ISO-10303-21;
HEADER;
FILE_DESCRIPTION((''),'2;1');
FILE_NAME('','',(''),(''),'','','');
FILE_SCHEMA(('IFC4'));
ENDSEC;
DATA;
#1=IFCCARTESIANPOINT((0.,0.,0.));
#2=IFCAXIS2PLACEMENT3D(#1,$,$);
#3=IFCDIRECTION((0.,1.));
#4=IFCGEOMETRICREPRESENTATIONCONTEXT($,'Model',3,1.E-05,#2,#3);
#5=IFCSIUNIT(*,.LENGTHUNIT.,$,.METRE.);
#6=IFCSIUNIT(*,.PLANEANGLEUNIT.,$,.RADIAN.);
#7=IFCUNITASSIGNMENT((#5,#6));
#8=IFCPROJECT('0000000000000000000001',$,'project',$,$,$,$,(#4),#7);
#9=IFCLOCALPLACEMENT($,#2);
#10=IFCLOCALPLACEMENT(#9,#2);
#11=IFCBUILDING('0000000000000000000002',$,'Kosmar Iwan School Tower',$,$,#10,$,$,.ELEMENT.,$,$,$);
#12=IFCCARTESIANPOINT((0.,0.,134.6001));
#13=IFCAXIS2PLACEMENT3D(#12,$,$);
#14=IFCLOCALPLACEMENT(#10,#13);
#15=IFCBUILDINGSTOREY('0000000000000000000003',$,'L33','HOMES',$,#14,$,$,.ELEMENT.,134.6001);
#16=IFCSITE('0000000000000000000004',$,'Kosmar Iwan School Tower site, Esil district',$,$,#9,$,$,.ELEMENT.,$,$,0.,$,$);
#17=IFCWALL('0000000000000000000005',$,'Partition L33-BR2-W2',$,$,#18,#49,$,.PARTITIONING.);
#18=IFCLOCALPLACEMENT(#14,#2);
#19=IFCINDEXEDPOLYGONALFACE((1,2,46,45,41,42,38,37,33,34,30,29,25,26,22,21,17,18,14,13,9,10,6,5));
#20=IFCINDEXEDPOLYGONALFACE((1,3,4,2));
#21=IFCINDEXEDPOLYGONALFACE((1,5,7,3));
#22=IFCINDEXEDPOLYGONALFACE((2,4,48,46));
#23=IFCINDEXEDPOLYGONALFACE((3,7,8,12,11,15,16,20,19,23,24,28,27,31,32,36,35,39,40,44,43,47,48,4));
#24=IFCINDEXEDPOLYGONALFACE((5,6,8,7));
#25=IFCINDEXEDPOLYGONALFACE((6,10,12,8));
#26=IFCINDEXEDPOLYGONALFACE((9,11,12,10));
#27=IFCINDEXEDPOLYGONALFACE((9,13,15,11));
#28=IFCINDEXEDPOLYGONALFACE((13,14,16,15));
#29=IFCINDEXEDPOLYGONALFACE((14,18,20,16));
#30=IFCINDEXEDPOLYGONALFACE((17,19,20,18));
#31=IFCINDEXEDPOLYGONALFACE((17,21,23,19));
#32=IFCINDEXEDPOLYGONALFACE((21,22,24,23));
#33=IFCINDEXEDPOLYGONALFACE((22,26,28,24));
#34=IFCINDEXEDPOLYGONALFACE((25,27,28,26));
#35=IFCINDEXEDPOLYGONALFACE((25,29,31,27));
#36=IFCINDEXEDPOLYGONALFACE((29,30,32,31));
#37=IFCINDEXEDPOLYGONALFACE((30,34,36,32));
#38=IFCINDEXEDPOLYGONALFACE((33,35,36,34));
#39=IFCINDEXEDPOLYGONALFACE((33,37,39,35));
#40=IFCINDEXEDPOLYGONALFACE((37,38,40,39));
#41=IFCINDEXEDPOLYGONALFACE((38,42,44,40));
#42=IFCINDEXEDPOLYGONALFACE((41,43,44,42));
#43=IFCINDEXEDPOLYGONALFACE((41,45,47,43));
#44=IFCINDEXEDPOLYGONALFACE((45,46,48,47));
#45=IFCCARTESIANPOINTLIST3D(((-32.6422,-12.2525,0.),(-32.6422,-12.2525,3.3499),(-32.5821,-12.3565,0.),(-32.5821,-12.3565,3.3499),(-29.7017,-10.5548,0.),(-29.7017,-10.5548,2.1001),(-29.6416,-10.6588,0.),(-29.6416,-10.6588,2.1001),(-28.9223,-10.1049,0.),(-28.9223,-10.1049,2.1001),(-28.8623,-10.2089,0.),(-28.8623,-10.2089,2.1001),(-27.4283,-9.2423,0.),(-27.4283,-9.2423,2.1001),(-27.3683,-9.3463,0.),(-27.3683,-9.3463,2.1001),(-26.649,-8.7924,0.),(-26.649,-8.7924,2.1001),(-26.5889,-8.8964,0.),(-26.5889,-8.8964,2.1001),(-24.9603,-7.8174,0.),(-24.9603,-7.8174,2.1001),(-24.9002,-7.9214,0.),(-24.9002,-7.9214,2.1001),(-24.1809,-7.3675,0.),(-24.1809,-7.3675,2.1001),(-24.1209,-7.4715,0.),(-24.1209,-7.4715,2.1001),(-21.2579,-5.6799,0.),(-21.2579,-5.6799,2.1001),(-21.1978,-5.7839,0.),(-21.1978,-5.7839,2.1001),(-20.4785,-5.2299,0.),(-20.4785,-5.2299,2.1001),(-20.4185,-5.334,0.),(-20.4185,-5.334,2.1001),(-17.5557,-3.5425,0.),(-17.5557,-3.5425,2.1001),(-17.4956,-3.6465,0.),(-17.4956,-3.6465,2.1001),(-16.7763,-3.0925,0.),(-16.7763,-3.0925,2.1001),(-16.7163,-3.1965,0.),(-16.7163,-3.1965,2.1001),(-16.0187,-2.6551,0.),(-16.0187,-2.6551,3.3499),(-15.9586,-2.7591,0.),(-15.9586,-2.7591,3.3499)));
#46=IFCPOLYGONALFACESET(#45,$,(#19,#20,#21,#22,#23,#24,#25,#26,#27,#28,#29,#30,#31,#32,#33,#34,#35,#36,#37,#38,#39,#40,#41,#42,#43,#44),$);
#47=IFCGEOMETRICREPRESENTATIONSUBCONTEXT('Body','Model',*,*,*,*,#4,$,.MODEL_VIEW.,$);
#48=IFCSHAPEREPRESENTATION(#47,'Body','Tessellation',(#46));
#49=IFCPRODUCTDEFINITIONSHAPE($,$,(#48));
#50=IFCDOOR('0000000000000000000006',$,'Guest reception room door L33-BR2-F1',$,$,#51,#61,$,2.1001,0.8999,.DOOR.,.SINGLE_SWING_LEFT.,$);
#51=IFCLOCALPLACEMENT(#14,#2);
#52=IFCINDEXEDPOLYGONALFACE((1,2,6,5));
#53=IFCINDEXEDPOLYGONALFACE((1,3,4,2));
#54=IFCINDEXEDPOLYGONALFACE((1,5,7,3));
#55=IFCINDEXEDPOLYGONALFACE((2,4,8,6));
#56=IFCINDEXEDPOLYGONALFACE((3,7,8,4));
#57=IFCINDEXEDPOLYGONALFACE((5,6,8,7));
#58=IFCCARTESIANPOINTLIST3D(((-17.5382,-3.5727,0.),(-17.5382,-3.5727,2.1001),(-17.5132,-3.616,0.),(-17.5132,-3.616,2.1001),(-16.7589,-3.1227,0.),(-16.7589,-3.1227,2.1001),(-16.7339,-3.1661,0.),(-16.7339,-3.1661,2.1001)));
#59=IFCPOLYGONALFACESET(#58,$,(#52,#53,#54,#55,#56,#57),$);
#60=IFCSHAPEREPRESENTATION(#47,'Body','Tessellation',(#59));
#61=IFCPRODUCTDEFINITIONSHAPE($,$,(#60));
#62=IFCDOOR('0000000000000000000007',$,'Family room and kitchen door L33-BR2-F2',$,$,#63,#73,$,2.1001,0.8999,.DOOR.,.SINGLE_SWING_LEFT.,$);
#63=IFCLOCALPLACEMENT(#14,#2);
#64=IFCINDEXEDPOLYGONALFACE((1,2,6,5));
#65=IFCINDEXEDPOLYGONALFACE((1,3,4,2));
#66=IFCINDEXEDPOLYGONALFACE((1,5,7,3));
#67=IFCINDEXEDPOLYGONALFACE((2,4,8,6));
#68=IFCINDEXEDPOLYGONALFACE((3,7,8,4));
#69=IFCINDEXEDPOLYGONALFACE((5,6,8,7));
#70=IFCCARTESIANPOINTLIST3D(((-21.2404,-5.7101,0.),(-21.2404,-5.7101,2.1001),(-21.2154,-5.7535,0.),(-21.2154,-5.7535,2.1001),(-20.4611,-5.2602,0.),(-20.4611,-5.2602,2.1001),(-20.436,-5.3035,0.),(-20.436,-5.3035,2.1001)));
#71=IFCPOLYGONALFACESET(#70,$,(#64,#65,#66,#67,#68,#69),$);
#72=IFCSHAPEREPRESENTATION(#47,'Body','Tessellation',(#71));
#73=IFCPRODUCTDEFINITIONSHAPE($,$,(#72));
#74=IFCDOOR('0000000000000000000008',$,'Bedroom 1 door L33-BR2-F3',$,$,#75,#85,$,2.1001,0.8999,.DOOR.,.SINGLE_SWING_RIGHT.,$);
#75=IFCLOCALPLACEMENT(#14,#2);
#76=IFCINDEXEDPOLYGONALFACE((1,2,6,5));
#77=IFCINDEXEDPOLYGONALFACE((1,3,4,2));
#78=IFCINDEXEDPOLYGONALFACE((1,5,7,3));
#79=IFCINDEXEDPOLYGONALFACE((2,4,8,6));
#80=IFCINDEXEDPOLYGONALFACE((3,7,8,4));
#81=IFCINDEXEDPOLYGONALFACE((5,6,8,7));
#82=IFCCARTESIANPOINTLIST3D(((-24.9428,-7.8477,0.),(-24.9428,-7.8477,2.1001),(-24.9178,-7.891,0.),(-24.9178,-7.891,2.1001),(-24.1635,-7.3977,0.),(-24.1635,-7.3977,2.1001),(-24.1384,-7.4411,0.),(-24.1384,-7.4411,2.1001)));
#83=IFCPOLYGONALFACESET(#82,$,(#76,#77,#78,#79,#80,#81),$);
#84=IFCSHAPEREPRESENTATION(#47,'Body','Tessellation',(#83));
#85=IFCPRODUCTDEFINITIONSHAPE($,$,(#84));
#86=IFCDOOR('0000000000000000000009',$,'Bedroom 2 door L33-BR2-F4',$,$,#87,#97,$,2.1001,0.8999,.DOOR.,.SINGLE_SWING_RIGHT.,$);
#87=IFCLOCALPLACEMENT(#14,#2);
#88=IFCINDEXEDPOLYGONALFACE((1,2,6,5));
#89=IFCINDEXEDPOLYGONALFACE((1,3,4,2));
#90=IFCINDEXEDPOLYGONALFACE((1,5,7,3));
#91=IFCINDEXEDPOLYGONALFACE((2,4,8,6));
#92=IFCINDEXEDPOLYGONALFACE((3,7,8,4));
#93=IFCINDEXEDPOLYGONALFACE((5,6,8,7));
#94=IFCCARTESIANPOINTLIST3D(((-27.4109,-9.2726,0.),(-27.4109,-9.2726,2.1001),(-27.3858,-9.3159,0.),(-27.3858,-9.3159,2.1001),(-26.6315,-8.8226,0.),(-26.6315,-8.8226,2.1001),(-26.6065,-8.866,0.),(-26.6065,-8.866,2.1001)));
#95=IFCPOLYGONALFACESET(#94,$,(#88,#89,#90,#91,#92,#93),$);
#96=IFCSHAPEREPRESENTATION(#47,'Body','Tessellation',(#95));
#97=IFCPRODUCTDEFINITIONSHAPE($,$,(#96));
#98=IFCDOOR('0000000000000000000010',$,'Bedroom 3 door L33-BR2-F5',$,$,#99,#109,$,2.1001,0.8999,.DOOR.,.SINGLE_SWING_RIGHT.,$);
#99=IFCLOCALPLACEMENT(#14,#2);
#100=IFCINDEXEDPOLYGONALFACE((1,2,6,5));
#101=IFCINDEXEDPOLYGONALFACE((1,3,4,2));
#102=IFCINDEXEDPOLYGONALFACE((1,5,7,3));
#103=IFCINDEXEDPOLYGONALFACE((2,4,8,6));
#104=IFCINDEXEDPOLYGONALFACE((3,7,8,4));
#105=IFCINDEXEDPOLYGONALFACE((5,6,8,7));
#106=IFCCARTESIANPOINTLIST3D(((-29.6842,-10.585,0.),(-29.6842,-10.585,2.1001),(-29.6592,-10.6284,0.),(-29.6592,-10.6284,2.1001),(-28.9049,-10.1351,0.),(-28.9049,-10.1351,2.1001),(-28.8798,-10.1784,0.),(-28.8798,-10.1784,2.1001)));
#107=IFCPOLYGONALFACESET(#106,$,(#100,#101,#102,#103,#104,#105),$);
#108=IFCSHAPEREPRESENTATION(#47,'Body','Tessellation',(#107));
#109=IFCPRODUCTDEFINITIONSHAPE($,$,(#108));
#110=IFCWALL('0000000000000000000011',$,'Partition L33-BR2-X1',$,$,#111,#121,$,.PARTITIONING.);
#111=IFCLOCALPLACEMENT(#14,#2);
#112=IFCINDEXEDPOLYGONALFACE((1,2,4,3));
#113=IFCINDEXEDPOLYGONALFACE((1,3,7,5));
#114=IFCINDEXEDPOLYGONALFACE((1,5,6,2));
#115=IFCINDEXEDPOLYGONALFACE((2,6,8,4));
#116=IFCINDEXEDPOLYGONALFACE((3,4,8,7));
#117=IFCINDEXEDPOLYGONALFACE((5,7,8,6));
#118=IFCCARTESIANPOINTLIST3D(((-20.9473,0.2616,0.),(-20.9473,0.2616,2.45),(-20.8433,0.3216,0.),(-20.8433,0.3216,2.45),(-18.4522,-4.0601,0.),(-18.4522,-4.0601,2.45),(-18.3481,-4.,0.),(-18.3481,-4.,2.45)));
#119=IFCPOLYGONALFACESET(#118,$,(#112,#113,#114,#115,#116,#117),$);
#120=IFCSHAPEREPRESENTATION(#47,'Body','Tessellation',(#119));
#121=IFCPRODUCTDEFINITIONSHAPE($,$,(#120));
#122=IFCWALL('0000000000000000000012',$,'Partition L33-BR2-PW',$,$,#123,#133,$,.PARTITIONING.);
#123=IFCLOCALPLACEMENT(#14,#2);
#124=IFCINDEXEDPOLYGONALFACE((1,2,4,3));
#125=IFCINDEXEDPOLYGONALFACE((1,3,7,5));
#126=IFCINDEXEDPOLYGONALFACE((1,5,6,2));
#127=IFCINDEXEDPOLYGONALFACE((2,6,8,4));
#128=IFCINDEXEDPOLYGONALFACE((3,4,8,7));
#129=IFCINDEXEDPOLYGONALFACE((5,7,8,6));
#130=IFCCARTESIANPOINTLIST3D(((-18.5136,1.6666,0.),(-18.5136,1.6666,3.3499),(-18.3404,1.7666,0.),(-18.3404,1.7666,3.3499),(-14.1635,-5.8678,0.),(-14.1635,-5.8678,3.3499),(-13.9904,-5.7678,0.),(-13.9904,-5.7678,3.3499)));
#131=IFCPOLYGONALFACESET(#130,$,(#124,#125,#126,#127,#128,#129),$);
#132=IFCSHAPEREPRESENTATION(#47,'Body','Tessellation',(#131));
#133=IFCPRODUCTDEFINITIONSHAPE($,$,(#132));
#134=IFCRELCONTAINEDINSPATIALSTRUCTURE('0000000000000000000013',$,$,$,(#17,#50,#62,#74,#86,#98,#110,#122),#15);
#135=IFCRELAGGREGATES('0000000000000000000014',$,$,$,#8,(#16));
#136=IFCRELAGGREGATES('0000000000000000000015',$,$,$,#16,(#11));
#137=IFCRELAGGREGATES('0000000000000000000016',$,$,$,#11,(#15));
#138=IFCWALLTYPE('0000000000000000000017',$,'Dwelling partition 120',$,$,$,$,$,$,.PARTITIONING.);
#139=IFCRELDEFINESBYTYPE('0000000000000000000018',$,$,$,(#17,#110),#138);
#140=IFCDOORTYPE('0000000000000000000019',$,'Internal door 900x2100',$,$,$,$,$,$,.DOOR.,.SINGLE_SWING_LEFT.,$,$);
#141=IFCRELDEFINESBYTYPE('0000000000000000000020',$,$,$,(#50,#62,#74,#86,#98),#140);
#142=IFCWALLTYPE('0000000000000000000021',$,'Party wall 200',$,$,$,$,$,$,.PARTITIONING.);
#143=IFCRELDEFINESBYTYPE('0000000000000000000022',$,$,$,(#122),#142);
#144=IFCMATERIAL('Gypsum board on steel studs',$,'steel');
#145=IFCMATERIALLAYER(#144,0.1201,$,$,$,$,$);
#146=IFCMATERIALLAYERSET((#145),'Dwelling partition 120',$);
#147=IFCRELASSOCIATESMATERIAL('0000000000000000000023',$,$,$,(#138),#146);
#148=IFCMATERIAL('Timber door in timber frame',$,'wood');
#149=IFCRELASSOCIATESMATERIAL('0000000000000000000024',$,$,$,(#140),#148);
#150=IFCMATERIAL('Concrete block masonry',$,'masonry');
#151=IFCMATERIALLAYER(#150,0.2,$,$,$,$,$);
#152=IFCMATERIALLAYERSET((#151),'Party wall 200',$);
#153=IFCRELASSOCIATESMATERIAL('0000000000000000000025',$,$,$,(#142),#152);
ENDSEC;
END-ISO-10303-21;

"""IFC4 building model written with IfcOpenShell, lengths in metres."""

from ifc_helpers import new_model, si_unit, direction, frame, frame_2d, origin, place, context, subcontext, project, spatial, rectangle, extrude, material, layer, layer_set, type_object, element, fill, save


model = new_model("IFC4")

# Units and contexts
model_context = context("Model", 3, precision=1e-05, world=origin(), true_north=direction((0.0, 1.0)))
body_context = subcontext(model_context, "Body", "Model", "MODEL_VIEW")
ifc_project = project(units=[si_unit("LENGTHUNIT", "METRE"), si_unit("PLANEANGLEUNIT", "RADIAN")], contexts=[model_context])

# Site, building, storey
site_placement = place(None, origin())
site = spatial("IfcSite", under=ifc_project, at=site_placement, Name="Kosmar Iwan School Tower site, Esil district", CompositionType="ELEMENT", RefElevation=0.0)
building_placement = place(site_placement, origin())
building = spatial("IfcBuilding", under=site, at=building_placement, Name="Kosmar Iwan School Tower", CompositionType="ELEMENT")
storey_placement = place(building_placement, frame((0.0, 0.0, 134.6001)))
storey = spatial("IfcBuildingStorey", under=building, at=storey_placement, Name="L33", Description="HOMES", CompositionType="ELEMENT", Elevation=134.6001)

# Shared definitions
ifc_material_1 = material(Name="Gypsum board on steel studs", Category="steel")
ifc_layer_1 = layer(ifc_material_1, 0.1201)
ifc_layer_set_1 = layer_set([ifc_layer_1], Name="Dwelling partition 120")
wall_type_1 = type_object("IfcWallType", Name="Dwelling partition 120", PredefinedType="PARTITIONING", material=ifc_layer_set_1)

# Wall, openings, doors
ifc_material_2 = material(Name="Timber door in timber frame", Category="wood")
door_type_1 = type_object("IfcDoorType", Name="Internal door 900x2100", OperationType="SINGLE_SWING_LEFT", PredefinedType="DOOR", material=ifc_material_2)
wall_1_placement = place(storey_placement, frame((-15.9885, -2.707, 0.0), z_axis=(0.0, 0.0, 1.0), x_axis=(-0.86603, -0.499993, 0.0)))
wall_1 = element("IfcWall", 1, at=wall_1_placement, inside=storey, type_object=wall_type_1, Name="Partition L33-BR2-W2", PredefinedType="PARTITIONING", context=body_context, shape_type="SweptSolid", body=[
    extrude(rectangle(XDim=19.1951, YDim=0.1201, at=frame_2d((9.5977, 0.0))), origin(), (0.0, 0.0, 1.0), 3.3499),
])
opening_1_placement = place(wall_1_placement, frame((0.875, 0.0, 0.0)))
opening_1 = element("IfcOpeningElement", 2, at=opening_1_placement, cuts=wall_1, PredefinedType="OPENING", context=body_context, shape_type="SweptSolid", body=[
    extrude(rectangle(XDim=0.8999, YDim=2.1001, at=frame_2d((0.45, 1.05))), frame((0.0, 0.072, 0.0), z_axis=(0.0, -1.0, 0.0), x_axis=(1.0, 0.0, 0.0)), (0.0, 0.0, 1.0), 0.144),
])
opening_2_placement = place(wall_1_placement, frame((5.1499, 0.0, 0.0)))
opening_2 = element("IfcOpeningElement", 3, at=opening_2_placement, cuts=wall_1, PredefinedType="OPENING", context=body_context, shape_type="SweptSolid", body=[
    extrude(rectangle(XDim=0.8999, YDim=2.1001, at=frame_2d((0.45, 1.05))), frame((0.0, 0.072, 0.0), z_axis=(0.0, -1.0, 0.0), x_axis=(1.0, 0.0, 0.0)), (0.0, 0.0, 1.0), 0.144),
])
opening_3_placement = place(wall_1_placement, frame((9.425, 0.0, 0.0)))
opening_3 = element("IfcOpeningElement", 4, at=opening_3_placement, cuts=wall_1, PredefinedType="OPENING", context=body_context, shape_type="SweptSolid", body=[
    extrude(rectangle(XDim=0.8999, YDim=2.1001, at=frame_2d((0.45, 1.05))), frame((0.0, 0.072, 0.0), z_axis=(0.0, -1.0, 0.0), x_axis=(1.0, 0.0, 0.0)), (0.0, 0.0, 1.0), 0.144),
])
opening_4_placement = place(wall_1_placement, frame((12.2749, 0.0, 0.0)))
opening_4 = element("IfcOpeningElement", 5, at=opening_4_placement, cuts=wall_1, PredefinedType="OPENING", context=body_context, shape_type="SweptSolid", body=[
    extrude(rectangle(XDim=0.8999, YDim=2.1001, at=frame_2d((0.45, 1.05))), frame((0.0, 0.072, 0.0), z_axis=(0.0, -1.0, 0.0), x_axis=(1.0, 0.0, 0.0)), (0.0, 0.0, 1.0), 0.144),
])
opening_5_placement = place(wall_1_placement, frame((14.8999, 0.0, 0.0)))
opening_5 = element("IfcOpeningElement", 6, at=opening_5_placement, cuts=wall_1, PredefinedType="OPENING", context=body_context, shape_type="SweptSolid", body=[
    extrude(rectangle(XDim=0.8999, YDim=2.1001, at=frame_2d((0.45, 1.05))), frame((0.0, 0.072, 0.0), z_axis=(0.0, -1.0, 0.0), x_axis=(1.0, 0.0, 0.0)), (0.0, 0.0, 1.0), 0.144),
])
door_1_placement = place(opening_1_placement, origin())
door_1 = element("IfcDoor", 7, at=door_1_placement, inside=storey, type_object=door_type_1, Name="Guest reception room door L33-BR2-F1", OperationType="SINGLE_SWING_LEFT", OverallHeight=2.1001, OverallWidth=0.8999, PredefinedType="DOOR", context=body_context, shape_type="SweptSolid", body=[
    extrude(rectangle(XDim=0.8999, YDim=2.1001, at=frame_2d((0.45, 1.05))), frame((0.0, 0.0249, 0.0), z_axis=(0.0, -1.0, 0.0), x_axis=(1.0, 0.0, 0.0)), (0.0, 0.0, 1.0), 0.05),
])
fill(opening_1, door_1)
door_2_placement = place(opening_2_placement, origin())
door_2 = element("IfcDoor", 8, at=door_2_placement, inside=storey, type_object=door_type_1, Name="Family room and kitchen door L33-BR2-F2", OperationType="SINGLE_SWING_LEFT", OverallHeight=2.1001, OverallWidth=0.8999, PredefinedType="DOOR", context=body_context, shape_type="SweptSolid", body=[
    extrude(rectangle(XDim=0.8999, YDim=2.1001, at=frame_2d((0.45, 1.05))), frame((0.0, 0.0249, 0.0), z_axis=(0.0, -1.0, 0.0), x_axis=(1.0, 0.0, 0.0)), (0.0, 0.0, 1.0), 0.05),
])
fill(opening_2, door_2)
door_3_placement = place(opening_3_placement, origin())
door_3 = element("IfcDoor", 9, at=door_3_placement, inside=storey, type_object=door_type_1, Name="Bedroom 1 door L33-BR2-F3", OperationType="SINGLE_SWING_RIGHT", OverallHeight=2.1001, OverallWidth=0.8999, PredefinedType="DOOR", context=body_context, shape_type="SweptSolid", body=[
    extrude(rectangle(XDim=0.8999, YDim=2.1001, at=frame_2d((0.45, 1.05))), frame((0.0, 0.0249, 0.0), z_axis=(0.0, -1.0, 0.0), x_axis=(1.0, 0.0, 0.0)), (0.0, 0.0, 1.0), 0.05),
])
fill(opening_3, door_3)
door_4_placement = place(opening_4_placement, origin())
door_4 = element("IfcDoor", 10, at=door_4_placement, inside=storey, type_object=door_type_1, Name="Bedroom 2 door L33-BR2-F4", OperationType="SINGLE_SWING_RIGHT", OverallHeight=2.1001, OverallWidth=0.8999, PredefinedType="DOOR", context=body_context, shape_type="SweptSolid", body=[
    extrude(rectangle(XDim=0.8999, YDim=2.1001, at=frame_2d((0.45, 1.05))), frame((0.0, 0.0249, 0.0), z_axis=(0.0, -1.0, 0.0), x_axis=(1.0, 0.0, 0.0)), (0.0, 0.0, 1.0), 0.05),
])
fill(opening_4, door_4)
door_5_placement = place(opening_5_placement, origin())
door_5 = element("IfcDoor", 11, at=door_5_placement, inside=storey, type_object=door_type_1, Name="Bedroom 3 door L33-BR2-F5", OperationType="SINGLE_SWING_RIGHT", OverallHeight=2.1001, OverallWidth=0.8999, PredefinedType="DOOR", context=body_context, shape_type="SweptSolid", body=[
    extrude(rectangle(XDim=0.8999, YDim=2.1001, at=frame_2d((0.45, 1.05))), frame((0.0, 0.0249, 0.0), z_axis=(0.0, -1.0, 0.0), x_axis=(1.0, 0.0, 0.0)), (0.0, 0.0, 1.0), 0.05),
])
fill(opening_5, door_5)

# Walls
wall_2_placement = place(storey_placement, frame((-18.4001, -4.03, 0.0), z_axis=(0.0, 0.0, 1.0), x_axis=(-0.500012, 0.866019, 0.0)))
element("IfcWall", 12, at=wall_2_placement, inside=storey, type_object=wall_type_1, Name="Partition L33-BR2-X1", PredefinedType="PARTITIONING", context=body_context, shape_type="SweptSolid", body=[
    extrude(rectangle(XDim=4.9902, YDim=0.1201, at=frame_2d((2.4951, 0.0))), origin(), (0.0, 0.0, 1.0), 2.45),
])
ifc_material_3 = material(Name="Concrete block masonry", Category="masonry")
ifc_layer_2 = layer(ifc_material_3, 0.2)
ifc_layer_set_2 = layer_set([ifc_layer_2], Name="Party wall 200")
wall_type_2 = type_object("IfcWallType", Name="Party wall 200", PredefinedType="PARTITIONING", material=ifc_layer_set_2)
wall_3_placement = place(storey_placement, frame((-14.0769, -5.8179, 0.0), z_axis=(0.0, 0.0, 1.0), x_axis=(-0.500008, 0.866021, 0.0)))
element("IfcWall", 13, at=wall_3_placement, inside=storey, type_object=wall_type_2, Name="Partition L33-BR2-PW", PredefinedType="PARTITIONING", context=body_context, shape_type="SweptSolid", body=[
    extrude(rectangle(XDim=8.7, YDim=0.2, at=frame_2d((4.3501, 0.0))), origin(), (0.0, 0.0, 1.0), 3.3499),
])

save(model, "model.ifc")
